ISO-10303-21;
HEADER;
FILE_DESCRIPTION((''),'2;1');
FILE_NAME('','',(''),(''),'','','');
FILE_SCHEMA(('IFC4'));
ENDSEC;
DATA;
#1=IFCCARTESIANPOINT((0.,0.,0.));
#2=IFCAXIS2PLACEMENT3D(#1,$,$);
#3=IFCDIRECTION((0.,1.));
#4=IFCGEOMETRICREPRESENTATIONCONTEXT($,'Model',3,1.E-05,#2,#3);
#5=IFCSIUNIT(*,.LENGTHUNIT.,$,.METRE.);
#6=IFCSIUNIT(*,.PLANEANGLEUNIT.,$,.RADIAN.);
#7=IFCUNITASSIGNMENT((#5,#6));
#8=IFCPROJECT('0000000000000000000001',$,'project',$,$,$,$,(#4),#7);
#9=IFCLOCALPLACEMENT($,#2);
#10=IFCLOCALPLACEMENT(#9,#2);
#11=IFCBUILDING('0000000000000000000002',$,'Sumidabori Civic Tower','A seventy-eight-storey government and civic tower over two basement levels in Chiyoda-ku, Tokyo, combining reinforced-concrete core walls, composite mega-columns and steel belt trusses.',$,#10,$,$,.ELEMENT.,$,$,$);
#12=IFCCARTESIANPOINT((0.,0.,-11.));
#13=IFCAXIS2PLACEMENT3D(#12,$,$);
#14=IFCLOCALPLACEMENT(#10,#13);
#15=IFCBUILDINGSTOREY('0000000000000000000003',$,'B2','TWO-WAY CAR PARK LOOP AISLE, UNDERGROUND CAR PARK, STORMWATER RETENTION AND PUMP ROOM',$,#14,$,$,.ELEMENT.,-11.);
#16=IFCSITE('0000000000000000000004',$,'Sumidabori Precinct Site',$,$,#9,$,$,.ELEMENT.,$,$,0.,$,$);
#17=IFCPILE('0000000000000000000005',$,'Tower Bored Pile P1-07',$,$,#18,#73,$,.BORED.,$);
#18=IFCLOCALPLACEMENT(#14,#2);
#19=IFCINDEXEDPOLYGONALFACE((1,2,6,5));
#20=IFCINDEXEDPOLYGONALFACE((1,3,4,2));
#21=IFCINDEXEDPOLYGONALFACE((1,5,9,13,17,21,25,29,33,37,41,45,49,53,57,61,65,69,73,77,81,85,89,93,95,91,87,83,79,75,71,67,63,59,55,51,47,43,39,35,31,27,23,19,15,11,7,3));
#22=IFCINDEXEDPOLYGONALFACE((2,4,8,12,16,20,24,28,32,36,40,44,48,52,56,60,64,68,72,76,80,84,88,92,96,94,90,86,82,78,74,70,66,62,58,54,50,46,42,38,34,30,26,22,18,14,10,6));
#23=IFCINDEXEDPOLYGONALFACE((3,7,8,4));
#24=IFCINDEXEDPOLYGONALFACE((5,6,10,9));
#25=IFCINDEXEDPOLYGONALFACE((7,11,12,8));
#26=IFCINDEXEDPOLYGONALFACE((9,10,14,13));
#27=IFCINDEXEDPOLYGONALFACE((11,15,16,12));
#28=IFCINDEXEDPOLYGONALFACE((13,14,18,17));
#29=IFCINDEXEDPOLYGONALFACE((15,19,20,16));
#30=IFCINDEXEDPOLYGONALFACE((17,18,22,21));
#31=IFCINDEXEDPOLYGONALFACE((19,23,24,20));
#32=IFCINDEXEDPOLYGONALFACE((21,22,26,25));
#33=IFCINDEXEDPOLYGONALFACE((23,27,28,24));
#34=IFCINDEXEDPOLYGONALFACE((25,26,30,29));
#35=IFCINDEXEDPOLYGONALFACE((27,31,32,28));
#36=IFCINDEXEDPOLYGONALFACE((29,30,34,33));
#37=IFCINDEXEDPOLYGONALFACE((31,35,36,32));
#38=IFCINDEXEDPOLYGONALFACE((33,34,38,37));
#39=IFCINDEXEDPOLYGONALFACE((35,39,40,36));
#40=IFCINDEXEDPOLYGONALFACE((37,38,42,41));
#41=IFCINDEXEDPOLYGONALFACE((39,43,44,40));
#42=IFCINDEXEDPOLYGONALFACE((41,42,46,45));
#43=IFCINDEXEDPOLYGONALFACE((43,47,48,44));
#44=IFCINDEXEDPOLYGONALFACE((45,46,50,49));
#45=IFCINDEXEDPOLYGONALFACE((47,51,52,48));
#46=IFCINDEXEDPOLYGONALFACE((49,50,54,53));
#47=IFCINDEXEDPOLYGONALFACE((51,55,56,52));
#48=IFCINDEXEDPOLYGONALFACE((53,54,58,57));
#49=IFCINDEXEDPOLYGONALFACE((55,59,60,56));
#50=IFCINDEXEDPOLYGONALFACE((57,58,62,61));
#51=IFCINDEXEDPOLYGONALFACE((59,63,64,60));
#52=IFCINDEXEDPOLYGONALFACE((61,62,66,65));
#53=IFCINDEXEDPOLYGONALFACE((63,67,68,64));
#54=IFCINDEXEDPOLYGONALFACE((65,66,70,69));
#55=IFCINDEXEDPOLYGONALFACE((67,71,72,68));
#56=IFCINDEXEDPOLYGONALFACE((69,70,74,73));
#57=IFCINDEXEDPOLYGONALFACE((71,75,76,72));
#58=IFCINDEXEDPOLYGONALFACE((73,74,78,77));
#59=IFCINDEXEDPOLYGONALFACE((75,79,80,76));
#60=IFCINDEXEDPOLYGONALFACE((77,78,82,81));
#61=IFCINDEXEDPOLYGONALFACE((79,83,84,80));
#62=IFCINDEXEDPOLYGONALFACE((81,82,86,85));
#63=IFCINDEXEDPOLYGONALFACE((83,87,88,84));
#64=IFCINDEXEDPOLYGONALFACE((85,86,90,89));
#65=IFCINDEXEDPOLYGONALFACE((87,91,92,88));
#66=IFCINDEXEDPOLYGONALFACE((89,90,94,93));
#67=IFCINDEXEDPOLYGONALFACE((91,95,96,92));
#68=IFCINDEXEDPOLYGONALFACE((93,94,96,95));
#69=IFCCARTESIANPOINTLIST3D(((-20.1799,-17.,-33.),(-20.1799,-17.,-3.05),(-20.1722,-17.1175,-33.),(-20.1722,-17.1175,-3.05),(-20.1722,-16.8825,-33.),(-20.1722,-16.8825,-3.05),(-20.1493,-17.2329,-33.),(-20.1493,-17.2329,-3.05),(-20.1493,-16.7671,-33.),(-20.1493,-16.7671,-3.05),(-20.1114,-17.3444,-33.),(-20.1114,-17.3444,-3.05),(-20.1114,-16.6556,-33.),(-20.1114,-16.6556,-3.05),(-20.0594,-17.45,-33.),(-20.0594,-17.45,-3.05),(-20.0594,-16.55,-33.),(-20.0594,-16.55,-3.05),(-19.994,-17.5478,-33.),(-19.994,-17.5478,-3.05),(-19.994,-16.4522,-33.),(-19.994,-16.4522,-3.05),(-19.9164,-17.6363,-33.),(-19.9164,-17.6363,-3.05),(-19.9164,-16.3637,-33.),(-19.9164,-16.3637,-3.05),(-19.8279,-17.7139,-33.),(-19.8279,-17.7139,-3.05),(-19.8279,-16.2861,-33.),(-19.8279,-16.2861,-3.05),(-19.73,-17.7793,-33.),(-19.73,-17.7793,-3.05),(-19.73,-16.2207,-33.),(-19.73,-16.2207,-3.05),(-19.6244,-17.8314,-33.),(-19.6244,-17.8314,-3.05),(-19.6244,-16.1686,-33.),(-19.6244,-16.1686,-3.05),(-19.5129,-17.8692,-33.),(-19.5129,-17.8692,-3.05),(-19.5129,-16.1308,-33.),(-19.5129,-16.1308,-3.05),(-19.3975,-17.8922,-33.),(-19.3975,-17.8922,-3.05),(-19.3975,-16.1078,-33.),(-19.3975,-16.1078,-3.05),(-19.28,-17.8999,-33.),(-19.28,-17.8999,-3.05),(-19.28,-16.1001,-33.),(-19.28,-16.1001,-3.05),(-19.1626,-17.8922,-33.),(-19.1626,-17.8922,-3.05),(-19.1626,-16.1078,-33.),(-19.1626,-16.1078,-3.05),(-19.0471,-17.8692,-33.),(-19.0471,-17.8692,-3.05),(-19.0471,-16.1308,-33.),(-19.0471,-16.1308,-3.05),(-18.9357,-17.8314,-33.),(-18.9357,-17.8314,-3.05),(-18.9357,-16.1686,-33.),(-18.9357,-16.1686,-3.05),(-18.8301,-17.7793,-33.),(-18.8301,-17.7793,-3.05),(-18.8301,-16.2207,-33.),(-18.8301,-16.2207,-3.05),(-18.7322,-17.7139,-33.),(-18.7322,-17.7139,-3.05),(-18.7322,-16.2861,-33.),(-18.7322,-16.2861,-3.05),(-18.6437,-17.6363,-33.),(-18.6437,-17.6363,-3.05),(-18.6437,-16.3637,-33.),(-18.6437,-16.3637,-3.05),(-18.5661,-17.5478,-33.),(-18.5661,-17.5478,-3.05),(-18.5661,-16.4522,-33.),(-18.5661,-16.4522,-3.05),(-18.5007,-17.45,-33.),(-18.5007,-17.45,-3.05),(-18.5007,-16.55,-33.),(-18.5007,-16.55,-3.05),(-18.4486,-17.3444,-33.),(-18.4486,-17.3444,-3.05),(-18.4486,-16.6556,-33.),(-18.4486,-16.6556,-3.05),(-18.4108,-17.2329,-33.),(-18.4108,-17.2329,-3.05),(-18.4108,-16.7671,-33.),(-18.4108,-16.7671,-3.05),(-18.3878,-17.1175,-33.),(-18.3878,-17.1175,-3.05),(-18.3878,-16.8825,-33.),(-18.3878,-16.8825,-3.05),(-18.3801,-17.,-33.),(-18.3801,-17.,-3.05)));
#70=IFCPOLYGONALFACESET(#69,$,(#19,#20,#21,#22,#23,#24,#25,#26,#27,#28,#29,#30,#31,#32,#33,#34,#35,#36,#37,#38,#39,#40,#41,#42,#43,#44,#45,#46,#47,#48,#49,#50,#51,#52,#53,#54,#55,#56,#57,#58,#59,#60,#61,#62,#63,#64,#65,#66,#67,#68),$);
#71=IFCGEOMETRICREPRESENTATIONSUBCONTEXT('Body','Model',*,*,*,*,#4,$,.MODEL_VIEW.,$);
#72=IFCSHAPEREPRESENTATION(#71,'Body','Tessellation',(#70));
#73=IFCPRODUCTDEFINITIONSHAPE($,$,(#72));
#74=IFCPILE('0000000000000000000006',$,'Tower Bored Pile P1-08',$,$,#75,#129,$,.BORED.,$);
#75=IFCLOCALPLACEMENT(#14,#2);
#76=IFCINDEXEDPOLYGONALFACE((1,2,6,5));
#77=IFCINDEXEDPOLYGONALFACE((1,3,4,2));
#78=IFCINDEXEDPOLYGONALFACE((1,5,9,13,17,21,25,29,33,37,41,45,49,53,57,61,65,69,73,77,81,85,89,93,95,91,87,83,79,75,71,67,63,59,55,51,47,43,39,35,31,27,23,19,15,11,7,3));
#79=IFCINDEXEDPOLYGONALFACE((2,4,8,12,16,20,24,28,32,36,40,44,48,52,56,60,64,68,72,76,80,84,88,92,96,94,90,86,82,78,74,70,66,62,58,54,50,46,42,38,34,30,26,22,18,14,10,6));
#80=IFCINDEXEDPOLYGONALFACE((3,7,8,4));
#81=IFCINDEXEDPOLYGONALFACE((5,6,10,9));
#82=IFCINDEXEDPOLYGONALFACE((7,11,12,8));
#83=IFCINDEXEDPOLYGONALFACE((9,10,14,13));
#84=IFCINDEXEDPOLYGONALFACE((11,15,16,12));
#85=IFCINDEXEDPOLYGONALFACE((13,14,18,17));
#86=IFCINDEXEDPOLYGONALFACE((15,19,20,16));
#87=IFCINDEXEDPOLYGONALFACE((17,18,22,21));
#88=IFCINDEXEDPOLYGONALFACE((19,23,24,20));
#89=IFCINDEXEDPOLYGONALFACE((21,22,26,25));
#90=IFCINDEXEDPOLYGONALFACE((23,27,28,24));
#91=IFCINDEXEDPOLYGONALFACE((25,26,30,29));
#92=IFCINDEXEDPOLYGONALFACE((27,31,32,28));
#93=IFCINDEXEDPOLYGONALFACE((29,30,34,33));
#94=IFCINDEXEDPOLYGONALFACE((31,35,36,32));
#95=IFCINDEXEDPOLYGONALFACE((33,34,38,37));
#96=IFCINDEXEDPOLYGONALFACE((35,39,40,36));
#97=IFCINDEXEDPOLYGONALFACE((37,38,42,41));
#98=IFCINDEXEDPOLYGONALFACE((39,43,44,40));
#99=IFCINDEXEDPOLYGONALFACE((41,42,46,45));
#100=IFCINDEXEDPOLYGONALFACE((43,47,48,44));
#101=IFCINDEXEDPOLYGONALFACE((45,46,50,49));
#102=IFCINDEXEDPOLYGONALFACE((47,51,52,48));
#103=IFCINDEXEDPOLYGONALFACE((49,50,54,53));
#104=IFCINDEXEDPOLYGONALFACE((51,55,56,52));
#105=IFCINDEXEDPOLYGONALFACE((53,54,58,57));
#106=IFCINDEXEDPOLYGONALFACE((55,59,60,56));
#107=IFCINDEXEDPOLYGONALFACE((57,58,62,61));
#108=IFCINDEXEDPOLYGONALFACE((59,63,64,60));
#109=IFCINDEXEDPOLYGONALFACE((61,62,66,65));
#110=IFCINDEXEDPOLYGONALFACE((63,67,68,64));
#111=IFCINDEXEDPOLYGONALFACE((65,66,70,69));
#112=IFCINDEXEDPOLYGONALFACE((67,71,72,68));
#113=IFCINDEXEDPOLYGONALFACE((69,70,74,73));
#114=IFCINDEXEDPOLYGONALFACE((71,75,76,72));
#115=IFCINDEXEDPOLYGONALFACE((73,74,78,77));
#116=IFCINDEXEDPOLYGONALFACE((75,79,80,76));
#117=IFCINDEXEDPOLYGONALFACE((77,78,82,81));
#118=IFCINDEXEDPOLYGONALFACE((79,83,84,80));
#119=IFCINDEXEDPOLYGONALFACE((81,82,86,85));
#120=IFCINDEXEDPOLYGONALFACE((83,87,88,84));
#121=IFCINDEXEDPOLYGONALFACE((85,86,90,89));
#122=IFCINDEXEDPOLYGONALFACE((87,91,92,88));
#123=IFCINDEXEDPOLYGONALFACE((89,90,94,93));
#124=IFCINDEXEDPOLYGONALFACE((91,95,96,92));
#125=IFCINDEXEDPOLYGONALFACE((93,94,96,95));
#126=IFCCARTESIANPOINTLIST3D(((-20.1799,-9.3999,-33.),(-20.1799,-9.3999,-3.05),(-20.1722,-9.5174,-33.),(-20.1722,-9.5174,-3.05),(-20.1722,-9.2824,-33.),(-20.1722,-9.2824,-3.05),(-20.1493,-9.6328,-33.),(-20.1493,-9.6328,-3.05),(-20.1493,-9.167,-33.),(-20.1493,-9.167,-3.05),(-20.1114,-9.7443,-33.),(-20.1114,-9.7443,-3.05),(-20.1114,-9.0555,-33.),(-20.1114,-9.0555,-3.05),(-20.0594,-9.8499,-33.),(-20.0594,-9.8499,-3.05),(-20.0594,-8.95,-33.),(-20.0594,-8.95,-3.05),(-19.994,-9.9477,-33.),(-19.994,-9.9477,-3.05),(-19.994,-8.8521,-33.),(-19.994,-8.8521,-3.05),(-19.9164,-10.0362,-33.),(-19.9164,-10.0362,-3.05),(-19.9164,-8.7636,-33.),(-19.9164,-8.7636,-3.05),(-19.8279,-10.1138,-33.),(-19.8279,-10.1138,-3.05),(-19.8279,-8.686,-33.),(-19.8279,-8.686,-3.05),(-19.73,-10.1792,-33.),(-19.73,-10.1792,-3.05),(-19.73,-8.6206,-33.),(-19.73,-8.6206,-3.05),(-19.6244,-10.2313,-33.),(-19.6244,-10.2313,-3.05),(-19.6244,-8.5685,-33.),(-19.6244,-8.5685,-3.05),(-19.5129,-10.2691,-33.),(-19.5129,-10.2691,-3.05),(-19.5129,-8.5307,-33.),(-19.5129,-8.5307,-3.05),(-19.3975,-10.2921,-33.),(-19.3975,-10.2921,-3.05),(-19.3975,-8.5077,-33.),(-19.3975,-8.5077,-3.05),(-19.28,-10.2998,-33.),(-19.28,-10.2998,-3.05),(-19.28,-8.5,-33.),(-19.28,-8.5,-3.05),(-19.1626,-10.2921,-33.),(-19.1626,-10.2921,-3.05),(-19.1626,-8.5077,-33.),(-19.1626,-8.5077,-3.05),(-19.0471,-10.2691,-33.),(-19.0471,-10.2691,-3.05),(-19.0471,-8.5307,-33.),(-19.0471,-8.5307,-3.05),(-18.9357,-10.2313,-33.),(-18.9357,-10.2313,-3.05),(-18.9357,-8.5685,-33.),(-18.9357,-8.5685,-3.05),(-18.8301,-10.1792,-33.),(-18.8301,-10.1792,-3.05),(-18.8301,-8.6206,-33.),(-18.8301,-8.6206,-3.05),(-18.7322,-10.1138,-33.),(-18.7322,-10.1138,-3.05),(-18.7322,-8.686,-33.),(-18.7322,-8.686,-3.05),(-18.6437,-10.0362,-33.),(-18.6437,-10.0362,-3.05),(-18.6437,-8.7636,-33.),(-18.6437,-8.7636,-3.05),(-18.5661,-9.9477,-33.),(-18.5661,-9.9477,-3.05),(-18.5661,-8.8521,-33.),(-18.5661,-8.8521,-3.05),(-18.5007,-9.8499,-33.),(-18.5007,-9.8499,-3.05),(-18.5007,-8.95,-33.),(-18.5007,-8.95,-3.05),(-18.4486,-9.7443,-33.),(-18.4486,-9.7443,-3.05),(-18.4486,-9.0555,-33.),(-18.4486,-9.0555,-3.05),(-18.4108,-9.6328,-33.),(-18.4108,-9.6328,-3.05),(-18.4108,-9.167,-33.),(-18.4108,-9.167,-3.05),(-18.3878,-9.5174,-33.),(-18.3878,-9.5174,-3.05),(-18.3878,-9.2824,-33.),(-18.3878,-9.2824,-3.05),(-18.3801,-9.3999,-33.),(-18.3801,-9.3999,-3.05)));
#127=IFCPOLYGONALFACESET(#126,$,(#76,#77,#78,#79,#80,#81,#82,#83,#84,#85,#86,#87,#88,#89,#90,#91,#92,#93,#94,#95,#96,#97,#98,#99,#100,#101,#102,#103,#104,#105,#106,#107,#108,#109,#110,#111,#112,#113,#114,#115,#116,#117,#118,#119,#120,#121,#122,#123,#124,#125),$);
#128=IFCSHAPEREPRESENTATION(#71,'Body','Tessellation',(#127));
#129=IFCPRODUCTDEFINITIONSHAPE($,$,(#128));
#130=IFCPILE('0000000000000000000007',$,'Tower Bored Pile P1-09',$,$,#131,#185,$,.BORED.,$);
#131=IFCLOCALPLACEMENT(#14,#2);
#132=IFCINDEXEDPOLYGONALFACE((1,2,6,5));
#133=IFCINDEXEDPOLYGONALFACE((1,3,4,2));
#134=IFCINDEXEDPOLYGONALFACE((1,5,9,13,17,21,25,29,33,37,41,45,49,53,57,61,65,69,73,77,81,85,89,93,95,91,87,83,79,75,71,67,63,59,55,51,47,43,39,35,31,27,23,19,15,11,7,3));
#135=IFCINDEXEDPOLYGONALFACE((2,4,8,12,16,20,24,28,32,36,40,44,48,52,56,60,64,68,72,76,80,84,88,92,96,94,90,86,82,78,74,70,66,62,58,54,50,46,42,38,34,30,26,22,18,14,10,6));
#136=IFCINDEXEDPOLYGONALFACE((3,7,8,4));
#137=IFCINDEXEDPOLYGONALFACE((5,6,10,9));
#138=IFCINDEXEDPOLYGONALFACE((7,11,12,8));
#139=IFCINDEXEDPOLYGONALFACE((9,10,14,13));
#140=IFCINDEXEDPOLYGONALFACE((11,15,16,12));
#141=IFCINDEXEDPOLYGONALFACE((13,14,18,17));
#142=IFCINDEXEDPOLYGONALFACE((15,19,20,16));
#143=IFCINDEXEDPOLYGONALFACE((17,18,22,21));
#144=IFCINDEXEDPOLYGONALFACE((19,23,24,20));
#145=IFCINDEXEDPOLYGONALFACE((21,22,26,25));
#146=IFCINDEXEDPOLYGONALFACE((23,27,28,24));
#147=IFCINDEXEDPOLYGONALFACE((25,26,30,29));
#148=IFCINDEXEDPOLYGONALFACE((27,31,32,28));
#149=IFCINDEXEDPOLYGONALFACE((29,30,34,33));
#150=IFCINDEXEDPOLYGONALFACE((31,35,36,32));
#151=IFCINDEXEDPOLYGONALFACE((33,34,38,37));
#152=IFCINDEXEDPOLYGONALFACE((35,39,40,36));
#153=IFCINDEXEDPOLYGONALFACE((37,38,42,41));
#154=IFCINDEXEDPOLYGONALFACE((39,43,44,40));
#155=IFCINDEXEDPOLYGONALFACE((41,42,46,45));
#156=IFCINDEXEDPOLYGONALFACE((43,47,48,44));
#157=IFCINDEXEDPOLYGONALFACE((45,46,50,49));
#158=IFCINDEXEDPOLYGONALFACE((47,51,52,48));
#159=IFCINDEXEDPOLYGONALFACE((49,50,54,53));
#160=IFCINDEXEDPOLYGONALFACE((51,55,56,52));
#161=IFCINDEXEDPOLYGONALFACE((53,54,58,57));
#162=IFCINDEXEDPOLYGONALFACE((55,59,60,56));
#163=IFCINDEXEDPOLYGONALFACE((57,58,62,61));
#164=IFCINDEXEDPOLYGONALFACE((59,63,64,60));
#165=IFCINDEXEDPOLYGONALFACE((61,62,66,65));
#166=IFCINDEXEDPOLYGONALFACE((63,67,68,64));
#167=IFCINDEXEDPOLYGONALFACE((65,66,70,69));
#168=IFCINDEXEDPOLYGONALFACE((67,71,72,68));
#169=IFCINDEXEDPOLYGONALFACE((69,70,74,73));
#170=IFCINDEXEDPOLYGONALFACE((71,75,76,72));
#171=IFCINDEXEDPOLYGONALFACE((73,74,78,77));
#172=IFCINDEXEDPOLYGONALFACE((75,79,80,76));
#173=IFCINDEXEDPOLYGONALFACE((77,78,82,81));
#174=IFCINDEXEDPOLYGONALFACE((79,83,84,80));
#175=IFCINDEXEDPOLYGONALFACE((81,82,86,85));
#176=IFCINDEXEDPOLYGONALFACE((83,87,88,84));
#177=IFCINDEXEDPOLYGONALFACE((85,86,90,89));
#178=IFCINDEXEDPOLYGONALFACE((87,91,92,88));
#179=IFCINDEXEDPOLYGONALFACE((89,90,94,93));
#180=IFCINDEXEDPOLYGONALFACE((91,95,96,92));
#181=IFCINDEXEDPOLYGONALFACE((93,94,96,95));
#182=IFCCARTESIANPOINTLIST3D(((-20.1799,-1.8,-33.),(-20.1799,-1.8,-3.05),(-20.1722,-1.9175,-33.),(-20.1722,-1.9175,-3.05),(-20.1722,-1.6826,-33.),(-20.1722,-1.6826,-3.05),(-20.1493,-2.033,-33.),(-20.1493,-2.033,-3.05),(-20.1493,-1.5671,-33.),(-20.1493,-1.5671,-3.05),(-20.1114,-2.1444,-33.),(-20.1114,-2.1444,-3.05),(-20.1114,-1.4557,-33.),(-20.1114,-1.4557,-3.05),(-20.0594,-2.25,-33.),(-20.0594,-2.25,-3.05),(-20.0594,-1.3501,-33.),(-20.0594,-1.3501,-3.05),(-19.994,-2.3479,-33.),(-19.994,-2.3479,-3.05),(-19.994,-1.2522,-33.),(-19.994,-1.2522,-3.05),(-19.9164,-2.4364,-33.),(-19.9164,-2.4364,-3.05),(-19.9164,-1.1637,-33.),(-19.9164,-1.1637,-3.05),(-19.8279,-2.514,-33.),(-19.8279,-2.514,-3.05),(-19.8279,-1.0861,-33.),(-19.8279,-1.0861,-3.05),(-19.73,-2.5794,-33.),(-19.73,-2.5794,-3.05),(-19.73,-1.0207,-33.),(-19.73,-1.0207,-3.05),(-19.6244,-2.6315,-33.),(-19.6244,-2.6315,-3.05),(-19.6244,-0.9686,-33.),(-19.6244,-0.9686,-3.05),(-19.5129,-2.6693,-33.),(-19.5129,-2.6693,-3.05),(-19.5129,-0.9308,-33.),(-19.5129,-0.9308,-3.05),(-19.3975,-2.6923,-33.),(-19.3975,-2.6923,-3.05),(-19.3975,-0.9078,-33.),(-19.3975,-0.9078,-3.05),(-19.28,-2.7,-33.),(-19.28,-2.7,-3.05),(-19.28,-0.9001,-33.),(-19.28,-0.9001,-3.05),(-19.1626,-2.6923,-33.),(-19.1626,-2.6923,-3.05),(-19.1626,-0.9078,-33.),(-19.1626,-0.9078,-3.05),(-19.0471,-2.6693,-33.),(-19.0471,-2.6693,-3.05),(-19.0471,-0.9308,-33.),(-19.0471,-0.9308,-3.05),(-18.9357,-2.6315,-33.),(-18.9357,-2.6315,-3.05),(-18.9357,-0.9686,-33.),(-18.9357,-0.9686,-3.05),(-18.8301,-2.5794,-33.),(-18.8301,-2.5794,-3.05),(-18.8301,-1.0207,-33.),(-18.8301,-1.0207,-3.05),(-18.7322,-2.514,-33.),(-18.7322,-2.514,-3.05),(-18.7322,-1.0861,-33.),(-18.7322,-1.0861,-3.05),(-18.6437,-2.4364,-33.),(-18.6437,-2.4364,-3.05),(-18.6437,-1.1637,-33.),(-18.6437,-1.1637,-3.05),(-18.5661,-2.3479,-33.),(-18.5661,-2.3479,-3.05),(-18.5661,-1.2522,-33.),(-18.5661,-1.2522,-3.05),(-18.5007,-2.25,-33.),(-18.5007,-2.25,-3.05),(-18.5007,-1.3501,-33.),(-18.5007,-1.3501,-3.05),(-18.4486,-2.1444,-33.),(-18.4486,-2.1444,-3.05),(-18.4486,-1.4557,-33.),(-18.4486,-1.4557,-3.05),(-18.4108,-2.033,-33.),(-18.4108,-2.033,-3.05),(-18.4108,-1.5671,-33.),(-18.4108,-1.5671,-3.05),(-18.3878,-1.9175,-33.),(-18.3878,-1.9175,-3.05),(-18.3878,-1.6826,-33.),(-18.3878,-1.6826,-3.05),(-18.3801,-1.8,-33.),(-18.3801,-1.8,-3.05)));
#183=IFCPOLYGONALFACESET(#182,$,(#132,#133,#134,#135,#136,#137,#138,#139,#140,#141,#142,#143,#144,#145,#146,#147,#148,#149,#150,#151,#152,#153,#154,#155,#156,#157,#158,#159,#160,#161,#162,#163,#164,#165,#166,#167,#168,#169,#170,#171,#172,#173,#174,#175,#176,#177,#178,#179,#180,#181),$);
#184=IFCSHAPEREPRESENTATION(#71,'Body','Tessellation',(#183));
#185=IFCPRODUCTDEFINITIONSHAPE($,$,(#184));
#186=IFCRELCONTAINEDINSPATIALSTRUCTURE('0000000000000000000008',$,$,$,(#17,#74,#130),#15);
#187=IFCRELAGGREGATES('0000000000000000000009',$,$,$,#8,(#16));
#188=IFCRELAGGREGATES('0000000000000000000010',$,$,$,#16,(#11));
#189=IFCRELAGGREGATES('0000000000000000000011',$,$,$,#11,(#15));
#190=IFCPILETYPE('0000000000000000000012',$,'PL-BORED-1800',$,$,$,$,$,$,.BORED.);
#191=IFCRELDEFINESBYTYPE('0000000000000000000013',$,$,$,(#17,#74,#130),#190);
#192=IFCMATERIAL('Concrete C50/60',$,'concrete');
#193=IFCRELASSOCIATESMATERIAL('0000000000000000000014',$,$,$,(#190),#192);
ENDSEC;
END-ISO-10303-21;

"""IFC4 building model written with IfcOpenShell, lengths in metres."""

from ifc_helpers import new_model, si_unit, direction, frame, origin, origin_2d, place, context, subcontext, project, spatial, circle, extrude, source, transform, mapped, material, material_profile, profile_set, type_object, element, save


model = new_model("IFC4")

# Units and contexts
model_context = context("Model", 3, precision=1e-05, world=origin(), true_north=direction((0.0, 1.0)))
body_context = subcontext(model_context, "Body", "Model", "MODEL_VIEW")
ifc_project = project(units=[si_unit("LENGTHUNIT", "METRE"), si_unit("PLANEANGLEUNIT", "RADIAN")], contexts=[model_context])

# Site, building, storey
site_placement = place(None, origin())
site = spatial("IfcSite", under=ifc_project, at=site_placement, Name="Sumidabori Precinct Site", CompositionType="ELEMENT", RefElevation=0.0)
building_placement = place(site_placement, origin())
building = spatial("IfcBuilding", under=site, at=building_placement, Name="Sumidabori Civic Tower", Description="A seventy-eight-storey government and civic tower over two basement levels in Chiyoda-ku, Tokyo, combining reinforced-concrete core walls, composite mega-columns and steel belt trusses.", CompositionType="ELEMENT")
storey_placement = place(building_placement, frame((0.0, 0.0, -11.0)))
storey = spatial("IfcBuildingStorey", under=building, at=storey_placement, Name="B2", Description="TWO-WAY CAR PARK LOOP AISLE, UNDERGROUND CAR PARK, STORMWATER RETENTION AND PUMP ROOM", CompositionType="ELEMENT", Elevation=-11.0)

# Piles
ifc_material_1 = material(Name="Concrete C50/60", Category="concrete")
ifc_material_profile_1 = material_profile(ifc_material_1, circle(Radius=0.8999, at=origin_2d()), Name="BORED PILE 1800")
ifc_profile_set_1 = profile_set([ifc_material_profile_1], Name="Concrete C50/60")
pile_type = type_object("IfcPileType", Name="PL-BORED-1800", PredefinedType="BORED", material=ifc_profile_set_1)
shared_shape_1 = source(origin(), body_context, "Body", "SweptSolid", [
    extrude(circle(Radius=0.8999, at=origin_2d()), origin(), (0.0, 0.0, 1.0), 29.95),
])
for number, where, z_axis, x_axis, name in (
    (1, (-19.28, -17.0, -3.05), (0.0, 0.0, -1.0), (1.0, 0.0, 0.0), "Tower Bored Pile P1-07"),
    (2, (-19.28, -9.3999, -3.05), (0.0, 0.0, -1.0), (1.0, 0.0, 0.0), "Tower Bored Pile P1-08"),
    (3, (-19.28, -1.8, -3.05), (0.0, 0.0, -1.0), (1.0, 0.0, 0.0), "Tower Bored Pile P1-09"),
):
    element("IfcPile", number, at=place(storey_placement, frame(where, z_axis=z_axis, x_axis=x_axis)), inside=storey, type_object=pile_type, Name=name, PredefinedType="BORED", context=body_context, shape_type="MappedRepresentation", body=[
        mapped(shared_shape_1, transform((0.0, 0.0, 0.0), x_axis=(1.0, 0.0, 0.0), y_axis=(0.0, 1.0, 0.0), z_axis=(0.0, 0.0, 1.0), scale=1.0)),
    ])

save(model, "model.ifc")
